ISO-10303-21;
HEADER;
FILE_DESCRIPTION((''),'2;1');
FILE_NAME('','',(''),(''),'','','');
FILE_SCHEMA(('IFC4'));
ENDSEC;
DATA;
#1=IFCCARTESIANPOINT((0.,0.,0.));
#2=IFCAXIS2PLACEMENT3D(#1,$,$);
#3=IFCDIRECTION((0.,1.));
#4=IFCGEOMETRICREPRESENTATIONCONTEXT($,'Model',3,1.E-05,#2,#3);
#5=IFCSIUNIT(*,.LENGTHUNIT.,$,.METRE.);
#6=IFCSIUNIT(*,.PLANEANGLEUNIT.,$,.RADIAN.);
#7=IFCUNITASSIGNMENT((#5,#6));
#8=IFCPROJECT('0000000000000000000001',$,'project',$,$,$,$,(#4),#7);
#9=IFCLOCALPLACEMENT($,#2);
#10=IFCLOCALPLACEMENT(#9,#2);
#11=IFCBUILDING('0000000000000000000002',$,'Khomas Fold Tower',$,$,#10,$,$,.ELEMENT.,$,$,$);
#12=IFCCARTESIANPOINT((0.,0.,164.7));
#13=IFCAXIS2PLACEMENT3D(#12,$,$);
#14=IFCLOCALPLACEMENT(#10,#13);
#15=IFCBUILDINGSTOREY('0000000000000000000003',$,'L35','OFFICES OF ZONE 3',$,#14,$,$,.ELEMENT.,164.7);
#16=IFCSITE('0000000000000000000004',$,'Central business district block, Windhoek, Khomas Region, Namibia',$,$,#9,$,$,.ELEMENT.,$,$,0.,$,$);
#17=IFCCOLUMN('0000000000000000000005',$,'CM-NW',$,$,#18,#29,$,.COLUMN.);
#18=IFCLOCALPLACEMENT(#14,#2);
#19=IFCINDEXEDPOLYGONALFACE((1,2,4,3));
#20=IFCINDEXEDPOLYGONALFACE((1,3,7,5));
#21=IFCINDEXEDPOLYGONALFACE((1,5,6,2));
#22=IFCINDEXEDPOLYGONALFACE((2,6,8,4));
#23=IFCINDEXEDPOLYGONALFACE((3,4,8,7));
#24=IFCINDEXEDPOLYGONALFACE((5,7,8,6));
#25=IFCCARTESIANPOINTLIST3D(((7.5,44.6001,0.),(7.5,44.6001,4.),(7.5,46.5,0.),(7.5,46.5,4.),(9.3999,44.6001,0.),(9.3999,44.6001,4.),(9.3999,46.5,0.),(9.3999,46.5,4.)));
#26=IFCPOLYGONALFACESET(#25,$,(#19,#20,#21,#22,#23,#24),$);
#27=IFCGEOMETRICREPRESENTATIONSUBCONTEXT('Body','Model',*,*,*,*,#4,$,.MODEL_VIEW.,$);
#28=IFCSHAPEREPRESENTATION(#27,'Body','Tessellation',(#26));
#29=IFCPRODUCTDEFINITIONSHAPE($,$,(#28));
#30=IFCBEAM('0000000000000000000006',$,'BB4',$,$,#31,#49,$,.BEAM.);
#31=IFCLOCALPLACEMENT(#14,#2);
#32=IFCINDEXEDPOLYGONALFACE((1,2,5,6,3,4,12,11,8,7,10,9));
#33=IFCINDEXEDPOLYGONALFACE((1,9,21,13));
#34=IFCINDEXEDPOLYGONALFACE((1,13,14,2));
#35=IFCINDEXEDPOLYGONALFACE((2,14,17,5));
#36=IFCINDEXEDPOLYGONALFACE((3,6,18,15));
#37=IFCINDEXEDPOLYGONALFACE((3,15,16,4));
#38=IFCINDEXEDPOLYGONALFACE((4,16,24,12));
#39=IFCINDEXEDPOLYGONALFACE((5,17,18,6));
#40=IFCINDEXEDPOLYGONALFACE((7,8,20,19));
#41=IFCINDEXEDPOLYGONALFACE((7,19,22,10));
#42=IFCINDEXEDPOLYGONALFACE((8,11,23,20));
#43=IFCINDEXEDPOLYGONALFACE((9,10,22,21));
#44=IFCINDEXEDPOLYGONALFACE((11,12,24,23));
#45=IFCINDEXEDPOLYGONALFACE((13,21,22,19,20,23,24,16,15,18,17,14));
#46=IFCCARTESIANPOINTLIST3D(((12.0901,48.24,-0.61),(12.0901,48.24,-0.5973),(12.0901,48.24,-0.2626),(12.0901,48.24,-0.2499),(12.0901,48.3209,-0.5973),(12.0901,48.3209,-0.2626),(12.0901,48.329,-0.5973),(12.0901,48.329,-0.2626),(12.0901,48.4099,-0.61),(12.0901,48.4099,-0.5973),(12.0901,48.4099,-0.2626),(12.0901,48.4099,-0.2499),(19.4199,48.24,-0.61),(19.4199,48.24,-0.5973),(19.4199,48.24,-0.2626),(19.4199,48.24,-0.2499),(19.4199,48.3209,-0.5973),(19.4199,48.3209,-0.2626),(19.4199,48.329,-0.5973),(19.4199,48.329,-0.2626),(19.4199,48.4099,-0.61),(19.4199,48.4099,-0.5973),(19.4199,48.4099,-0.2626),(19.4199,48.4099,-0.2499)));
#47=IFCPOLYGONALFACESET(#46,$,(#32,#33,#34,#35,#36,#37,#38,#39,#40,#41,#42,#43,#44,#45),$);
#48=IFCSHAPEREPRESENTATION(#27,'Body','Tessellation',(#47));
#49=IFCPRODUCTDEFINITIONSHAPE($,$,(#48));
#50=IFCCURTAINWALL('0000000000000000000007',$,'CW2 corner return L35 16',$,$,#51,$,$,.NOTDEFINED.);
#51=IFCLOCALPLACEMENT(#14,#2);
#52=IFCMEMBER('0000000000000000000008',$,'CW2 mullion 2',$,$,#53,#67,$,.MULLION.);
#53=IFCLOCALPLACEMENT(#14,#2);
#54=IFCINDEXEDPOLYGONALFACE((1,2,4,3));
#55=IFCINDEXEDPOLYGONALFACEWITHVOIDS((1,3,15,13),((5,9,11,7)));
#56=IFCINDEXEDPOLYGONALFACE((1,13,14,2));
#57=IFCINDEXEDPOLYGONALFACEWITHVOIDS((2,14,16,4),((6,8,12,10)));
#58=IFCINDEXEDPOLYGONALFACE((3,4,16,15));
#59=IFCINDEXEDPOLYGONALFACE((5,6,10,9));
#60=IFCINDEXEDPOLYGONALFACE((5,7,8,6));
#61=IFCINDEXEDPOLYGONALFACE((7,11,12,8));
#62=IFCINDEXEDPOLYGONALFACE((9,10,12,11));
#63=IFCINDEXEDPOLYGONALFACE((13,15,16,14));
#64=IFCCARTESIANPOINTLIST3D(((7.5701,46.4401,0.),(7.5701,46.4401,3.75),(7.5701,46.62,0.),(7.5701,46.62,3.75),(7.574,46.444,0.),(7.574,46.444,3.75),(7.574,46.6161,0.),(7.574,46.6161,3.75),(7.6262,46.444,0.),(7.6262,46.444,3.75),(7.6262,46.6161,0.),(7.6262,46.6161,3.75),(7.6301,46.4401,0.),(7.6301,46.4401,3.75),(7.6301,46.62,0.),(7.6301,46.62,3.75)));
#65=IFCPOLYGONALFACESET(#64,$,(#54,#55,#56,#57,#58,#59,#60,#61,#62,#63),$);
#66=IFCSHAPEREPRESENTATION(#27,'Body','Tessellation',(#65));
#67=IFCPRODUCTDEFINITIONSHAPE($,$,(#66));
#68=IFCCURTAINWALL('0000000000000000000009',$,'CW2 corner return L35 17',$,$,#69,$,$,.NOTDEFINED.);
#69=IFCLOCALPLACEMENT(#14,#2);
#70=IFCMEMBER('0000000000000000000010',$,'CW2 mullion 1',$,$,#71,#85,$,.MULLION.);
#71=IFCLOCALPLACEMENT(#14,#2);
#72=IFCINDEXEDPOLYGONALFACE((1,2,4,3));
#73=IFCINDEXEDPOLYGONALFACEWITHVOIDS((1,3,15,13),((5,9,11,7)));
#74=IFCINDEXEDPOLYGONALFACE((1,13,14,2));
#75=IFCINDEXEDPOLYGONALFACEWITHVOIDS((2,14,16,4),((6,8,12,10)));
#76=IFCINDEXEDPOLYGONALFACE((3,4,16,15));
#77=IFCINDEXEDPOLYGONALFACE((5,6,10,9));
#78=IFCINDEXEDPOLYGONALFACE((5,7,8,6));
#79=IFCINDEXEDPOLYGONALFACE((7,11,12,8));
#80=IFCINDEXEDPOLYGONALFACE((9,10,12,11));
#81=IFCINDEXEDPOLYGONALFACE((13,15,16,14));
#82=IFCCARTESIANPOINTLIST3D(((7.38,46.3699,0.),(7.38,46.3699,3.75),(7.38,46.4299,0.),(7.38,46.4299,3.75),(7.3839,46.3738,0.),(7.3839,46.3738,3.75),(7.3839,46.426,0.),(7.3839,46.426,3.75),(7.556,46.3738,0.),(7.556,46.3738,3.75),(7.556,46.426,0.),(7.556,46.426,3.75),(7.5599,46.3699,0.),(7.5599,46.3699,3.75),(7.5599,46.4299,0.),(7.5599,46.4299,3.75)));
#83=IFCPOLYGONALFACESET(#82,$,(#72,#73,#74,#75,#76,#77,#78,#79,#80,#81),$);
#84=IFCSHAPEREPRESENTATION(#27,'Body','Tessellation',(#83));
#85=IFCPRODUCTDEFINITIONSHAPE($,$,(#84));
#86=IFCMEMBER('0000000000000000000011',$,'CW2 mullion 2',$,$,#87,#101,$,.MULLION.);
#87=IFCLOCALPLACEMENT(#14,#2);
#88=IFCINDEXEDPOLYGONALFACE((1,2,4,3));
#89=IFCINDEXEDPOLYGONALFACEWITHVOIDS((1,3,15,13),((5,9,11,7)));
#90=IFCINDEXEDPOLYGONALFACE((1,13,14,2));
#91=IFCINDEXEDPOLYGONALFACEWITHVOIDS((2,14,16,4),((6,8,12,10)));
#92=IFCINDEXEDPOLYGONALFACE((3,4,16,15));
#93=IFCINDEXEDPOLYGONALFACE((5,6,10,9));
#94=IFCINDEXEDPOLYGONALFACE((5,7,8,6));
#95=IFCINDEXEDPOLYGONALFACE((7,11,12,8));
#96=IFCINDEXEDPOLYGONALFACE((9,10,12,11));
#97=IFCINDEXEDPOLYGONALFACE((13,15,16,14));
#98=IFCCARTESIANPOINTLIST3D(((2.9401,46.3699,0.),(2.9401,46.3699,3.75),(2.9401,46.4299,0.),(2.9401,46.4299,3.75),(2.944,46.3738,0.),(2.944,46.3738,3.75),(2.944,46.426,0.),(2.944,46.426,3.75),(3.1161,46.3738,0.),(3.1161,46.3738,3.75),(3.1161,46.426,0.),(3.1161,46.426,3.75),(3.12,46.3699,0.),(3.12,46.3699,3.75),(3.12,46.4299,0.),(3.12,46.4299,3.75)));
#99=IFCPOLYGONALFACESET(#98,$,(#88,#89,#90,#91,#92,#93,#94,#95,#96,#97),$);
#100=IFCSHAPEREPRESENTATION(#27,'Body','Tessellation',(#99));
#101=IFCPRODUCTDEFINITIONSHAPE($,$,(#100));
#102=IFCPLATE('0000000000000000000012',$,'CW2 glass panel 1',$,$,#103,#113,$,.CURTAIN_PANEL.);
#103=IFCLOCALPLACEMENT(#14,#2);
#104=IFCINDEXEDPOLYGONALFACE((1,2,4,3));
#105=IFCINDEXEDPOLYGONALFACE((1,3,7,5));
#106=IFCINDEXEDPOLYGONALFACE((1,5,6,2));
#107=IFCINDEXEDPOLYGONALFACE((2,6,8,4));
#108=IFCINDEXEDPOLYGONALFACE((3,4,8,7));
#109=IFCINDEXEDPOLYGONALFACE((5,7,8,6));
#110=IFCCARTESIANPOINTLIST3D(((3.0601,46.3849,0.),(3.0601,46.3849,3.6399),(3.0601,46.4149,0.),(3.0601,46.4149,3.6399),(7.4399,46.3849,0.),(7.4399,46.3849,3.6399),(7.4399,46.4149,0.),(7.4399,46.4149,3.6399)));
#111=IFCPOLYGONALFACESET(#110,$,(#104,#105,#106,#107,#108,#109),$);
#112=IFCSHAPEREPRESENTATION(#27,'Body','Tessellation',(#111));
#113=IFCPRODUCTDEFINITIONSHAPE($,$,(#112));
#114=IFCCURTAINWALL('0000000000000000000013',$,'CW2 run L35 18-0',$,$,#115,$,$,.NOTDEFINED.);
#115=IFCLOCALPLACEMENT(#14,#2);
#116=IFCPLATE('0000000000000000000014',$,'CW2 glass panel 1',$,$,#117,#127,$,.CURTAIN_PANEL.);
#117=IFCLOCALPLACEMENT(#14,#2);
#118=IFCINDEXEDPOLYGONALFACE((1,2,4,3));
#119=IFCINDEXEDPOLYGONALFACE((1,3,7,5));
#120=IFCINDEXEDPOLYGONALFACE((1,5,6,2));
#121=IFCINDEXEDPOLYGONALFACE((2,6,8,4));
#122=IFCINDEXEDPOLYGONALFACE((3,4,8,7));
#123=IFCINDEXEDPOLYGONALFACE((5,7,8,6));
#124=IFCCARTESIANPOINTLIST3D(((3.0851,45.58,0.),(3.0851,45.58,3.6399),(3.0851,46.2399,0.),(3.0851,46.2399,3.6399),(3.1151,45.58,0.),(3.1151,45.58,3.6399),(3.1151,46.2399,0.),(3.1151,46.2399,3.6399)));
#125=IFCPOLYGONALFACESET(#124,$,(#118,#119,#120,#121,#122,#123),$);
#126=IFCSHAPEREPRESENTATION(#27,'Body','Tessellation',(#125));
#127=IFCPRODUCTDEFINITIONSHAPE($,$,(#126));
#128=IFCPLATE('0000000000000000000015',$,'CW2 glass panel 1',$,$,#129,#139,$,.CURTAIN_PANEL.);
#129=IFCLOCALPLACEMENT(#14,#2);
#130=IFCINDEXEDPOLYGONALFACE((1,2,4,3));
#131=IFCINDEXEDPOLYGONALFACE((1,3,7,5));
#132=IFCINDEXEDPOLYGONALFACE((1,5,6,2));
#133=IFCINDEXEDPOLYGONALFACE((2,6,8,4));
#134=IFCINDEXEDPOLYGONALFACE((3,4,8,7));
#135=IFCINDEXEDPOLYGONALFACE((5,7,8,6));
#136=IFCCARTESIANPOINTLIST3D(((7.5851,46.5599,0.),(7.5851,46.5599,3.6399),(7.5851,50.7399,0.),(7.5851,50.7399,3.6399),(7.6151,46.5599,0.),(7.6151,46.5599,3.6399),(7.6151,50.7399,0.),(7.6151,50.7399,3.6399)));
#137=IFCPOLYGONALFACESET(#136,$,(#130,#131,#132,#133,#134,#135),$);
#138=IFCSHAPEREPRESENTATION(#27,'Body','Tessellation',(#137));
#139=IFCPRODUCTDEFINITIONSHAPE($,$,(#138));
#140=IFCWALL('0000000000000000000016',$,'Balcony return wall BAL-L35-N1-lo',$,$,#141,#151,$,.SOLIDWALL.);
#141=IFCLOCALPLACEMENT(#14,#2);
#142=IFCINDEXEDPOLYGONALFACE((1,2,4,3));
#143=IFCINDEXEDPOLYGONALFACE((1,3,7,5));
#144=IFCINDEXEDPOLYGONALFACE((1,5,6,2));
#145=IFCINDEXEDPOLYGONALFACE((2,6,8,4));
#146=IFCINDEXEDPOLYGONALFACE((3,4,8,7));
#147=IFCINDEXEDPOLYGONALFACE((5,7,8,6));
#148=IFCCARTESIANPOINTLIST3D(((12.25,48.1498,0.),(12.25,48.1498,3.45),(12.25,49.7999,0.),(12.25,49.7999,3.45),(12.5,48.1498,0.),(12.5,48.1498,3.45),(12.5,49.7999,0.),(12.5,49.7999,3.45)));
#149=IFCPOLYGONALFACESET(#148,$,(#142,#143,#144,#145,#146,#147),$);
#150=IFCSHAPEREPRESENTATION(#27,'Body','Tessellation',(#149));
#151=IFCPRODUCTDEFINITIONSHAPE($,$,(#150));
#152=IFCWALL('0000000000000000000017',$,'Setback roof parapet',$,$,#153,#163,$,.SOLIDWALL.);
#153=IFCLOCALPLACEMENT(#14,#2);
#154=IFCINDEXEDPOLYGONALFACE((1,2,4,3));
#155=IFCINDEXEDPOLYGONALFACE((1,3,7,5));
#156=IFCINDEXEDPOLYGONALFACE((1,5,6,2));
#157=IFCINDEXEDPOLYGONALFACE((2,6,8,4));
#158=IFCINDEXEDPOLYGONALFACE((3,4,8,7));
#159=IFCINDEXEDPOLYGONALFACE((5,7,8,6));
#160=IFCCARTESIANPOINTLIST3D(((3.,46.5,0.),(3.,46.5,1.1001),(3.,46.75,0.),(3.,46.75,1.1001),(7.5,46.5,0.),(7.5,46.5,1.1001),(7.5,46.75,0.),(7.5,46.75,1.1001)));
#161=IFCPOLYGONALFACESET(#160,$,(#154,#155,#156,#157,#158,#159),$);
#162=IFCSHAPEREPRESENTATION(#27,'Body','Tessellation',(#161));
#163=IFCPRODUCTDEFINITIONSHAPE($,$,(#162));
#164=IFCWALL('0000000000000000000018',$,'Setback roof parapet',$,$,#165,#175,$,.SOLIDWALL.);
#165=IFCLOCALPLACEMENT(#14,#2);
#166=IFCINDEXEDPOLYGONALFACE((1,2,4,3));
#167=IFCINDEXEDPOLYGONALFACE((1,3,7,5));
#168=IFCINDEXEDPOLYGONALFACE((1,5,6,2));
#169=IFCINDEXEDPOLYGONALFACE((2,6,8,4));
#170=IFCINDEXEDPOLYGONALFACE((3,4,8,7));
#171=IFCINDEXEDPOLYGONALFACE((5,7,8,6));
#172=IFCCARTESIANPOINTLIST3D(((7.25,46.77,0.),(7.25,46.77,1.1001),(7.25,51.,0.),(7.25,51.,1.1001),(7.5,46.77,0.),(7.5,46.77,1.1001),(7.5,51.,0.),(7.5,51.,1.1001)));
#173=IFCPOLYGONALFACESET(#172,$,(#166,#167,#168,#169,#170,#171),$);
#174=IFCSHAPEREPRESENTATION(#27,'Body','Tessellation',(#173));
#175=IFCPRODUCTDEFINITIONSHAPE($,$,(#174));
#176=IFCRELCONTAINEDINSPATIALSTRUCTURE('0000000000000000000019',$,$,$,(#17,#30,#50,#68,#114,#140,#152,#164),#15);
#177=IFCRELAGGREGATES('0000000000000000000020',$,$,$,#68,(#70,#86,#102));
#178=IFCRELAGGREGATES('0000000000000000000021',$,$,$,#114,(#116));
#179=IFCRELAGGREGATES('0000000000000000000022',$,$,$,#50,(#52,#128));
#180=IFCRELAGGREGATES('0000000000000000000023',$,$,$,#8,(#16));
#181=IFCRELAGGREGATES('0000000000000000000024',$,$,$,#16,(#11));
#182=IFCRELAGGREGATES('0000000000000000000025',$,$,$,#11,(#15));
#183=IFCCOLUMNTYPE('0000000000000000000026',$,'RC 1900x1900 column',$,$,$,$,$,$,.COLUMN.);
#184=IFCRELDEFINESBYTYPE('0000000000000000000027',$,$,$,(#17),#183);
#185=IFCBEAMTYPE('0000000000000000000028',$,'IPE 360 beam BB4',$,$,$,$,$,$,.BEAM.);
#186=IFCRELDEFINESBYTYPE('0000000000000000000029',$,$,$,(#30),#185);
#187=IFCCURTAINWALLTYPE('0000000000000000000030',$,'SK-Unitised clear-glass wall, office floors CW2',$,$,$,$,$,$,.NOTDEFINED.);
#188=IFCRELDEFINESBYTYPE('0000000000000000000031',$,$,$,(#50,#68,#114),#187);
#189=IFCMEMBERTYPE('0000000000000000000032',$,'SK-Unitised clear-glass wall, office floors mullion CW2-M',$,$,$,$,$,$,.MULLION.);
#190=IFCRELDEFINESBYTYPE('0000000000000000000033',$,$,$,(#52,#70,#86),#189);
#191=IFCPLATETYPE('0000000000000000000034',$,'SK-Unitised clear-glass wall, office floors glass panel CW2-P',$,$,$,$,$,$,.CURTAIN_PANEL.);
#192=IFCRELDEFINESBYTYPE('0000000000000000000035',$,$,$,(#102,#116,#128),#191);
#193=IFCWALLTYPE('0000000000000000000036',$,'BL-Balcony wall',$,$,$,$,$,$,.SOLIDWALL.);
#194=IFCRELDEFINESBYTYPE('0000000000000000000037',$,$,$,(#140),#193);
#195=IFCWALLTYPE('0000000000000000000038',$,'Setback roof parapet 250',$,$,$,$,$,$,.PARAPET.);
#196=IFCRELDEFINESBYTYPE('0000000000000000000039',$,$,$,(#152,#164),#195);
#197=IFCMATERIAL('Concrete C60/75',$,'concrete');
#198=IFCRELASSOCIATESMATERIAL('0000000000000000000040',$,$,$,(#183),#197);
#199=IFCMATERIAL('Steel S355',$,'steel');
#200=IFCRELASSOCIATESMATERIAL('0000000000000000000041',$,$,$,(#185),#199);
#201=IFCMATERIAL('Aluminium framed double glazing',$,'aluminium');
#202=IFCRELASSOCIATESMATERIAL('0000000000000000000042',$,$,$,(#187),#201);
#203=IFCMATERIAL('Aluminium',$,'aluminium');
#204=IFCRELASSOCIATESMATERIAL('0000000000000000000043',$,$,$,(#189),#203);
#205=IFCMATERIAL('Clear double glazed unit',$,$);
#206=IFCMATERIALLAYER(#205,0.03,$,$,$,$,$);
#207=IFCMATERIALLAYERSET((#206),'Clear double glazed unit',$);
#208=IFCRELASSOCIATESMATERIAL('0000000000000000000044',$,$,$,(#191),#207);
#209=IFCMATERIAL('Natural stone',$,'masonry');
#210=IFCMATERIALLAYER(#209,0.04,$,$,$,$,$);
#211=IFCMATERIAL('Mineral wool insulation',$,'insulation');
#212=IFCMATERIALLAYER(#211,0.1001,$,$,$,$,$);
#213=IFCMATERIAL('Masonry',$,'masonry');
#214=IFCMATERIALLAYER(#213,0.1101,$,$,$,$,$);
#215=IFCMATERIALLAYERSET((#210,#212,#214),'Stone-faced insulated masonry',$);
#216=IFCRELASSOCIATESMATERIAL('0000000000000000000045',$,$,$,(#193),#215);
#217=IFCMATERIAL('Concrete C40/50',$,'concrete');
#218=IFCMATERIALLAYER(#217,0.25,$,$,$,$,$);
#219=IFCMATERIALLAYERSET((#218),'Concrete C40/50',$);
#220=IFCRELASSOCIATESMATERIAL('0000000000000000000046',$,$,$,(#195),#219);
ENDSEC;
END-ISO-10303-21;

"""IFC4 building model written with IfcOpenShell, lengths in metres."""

from ifc_helpers import new_model, si_unit, direction, frame, frame_2d, origin, origin_2d, place, context, subcontext, project, spatial, rectangle, hollow_rectangle, i_section, extrude, source, transform, mapped, material, layer, layer_set, material_profile, profile_set, type_object, element, aggregate, save


model = new_model("IFC4")

# Units and contexts
model_context = context("Model", 3, precision=1e-05, world=origin(), true_north=direction((0.0, 1.0)))
body_context = subcontext(model_context, "Body", "Model", "MODEL_VIEW")
ifc_project = project(units=[si_unit("LENGTHUNIT", "METRE"), si_unit("PLANEANGLEUNIT", "RADIAN")], contexts=[model_context])

# Site, building, storey
site_placement = place(None, origin())
site = spatial("IfcSite", under=ifc_project, at=site_placement, Name="Central business district block, Windhoek, Khomas Region, Namibia", CompositionType="ELEMENT", RefElevation=0.0)
building_placement = place(site_placement, origin())
building = spatial("IfcBuilding", under=site, at=building_placement, Name="Khomas Fold Tower", CompositionType="ELEMENT")
storey_placement = place(building_placement, frame((0.0, 0.0, 164.7)))
storey = spatial("IfcBuildingStorey", under=building, at=storey_placement, Name="L35", Description="OFFICES OF ZONE 3", CompositionType="ELEMENT", Elevation=164.7)

# Column
ifc_material_1 = material(Name="Concrete C60/75", Category="concrete")
ifc_material_profile_1 = material_profile(ifc_material_1, rectangle(XDim=1.8999, YDim=1.8999, at=origin_2d()), Name="RC 1900x1900")
ifc_profile_set_1 = profile_set([ifc_material_profile_1], Name="Concrete C60/75")
column_type = type_object("IfcColumnType", Name="RC 1900x1900 column", PredefinedType="COLUMN", material=ifc_profile_set_1)
shared_shape_1 = source(origin(), body_context, "Body", "SweptSolid", [
    extrude(rectangle(XDim=1.8999, YDim=1.8999, at=origin_2d()), origin(), (0.0, 0.0, 1.0), 4.0),
])
column_placement = place(storey_placement, frame((8.45, 45.55, 0.0), z_axis=(0.0, 0.0, 1.0), x_axis=(1.0, 0.0, 0.0)))
element("IfcColumn", 1, at=column_placement, inside=storey, type_object=column_type, Name="CM-NW", PredefinedType="COLUMN", context=body_context, shape_type="MappedRepresentation", body=[
    mapped(shared_shape_1, transform((0.0, 0.0, 0.0))),
])

# Beam
ifc_material_2 = material(Name="Steel S355", Category="steel")
ifc_material_profile_2 = material_profile(ifc_material_2, i_section(OverallWidth=0.1699, OverallDepth=0.3601, WebThickness=0.0081, FlangeThickness=0.0127, at=origin_2d()), Name="IPE 360")
ifc_profile_set_2 = profile_set([ifc_material_profile_2], Name="Steel S355")
beam_type = type_object("IfcBeamType", Name="IPE 360 beam BB4", PredefinedType="BEAM", material=ifc_profile_set_2)
shared_shape_2 = source(origin(), body_context, "Body", "SweptSolid", [
    extrude(i_section(OverallWidth=0.1699, OverallDepth=0.3601, WebThickness=0.0081, FlangeThickness=0.0127, at=origin_2d()), origin(), (0.0, 0.0, 1.0), 7.3298),
])
beam_placement = place(storey_placement, frame((12.0901, 48.325, -0.4299), z_axis=(1.0, 0.0, 0.0), x_axis=(0.0, 1.0, 0.0)))
element("IfcBeam", 2, at=beam_placement, inside=storey, type_object=beam_type, Name="BB4", PredefinedType="BEAM", context=body_context, shape_type="MappedRepresentation", body=[
    mapped(shared_shape_2, transform((0.0, 0.0, 0.0))),
])

# Curtain wall, member
ifc_material_3 = material(Name="Aluminium framed double glazing", Category="aluminium")
curtain_wall_type = type_object("IfcCurtainWallType", Name="SK-Unitised clear-glass wall, office floors CW2", PredefinedType="NOTDEFINED", material=ifc_material_3)
curtain_wall_1_placement = place(storey_placement, origin())
curtain_wall_1 = element("IfcCurtainWall", 3, at=curtain_wall_1_placement, inside=storey, type_object=curtain_wall_type, Name="CW2 corner return L35 16", PredefinedType="NOTDEFINED")
ifc_material_4 = material(Name="Aluminium", Category="aluminium")
ifc_material_profile_3 = material_profile(ifc_material_4, hollow_rectangle(XDim=0.0601, YDim=0.1799, WallThickness=0.0039, at=origin_2d()), Name="SK-Unitised clear-glass wall, office floors mullion CW2-M")
ifc_profile_set_3 = profile_set([ifc_material_profile_3], Name="Aluminium")
member_type = type_object("IfcMemberType", Name="SK-Unitised clear-glass wall, office floors mullion CW2-M", PredefinedType="MULLION", material=ifc_profile_set_3)
shared_shape_3 = source(origin(), body_context, "Body", "SweptSolid", [
    extrude(hollow_rectangle(XDim=0.0601, YDim=0.1799, WallThickness=0.0039, at=origin_2d()), origin(), (0.0, 0.0, 1.0), 3.75),
])
member_1_placement = place(storey_placement, frame((7.6001, 46.53, 0.0), z_axis=(0.0, 0.0, 1.0), x_axis=(1.0, 0.0, 0.0)))
member_1 = element("IfcMember", 4, at=member_1_placement, type_object=member_type, Name="CW2 mullion 2", PredefinedType="MULLION", context=body_context, shape_type="MappedRepresentation", body=[
    mapped(shared_shape_3, transform((0.0, 0.0, 0.0))),
])

# Curtain wall, members, plate
curtain_wall_2_placement = place(storey_placement, origin())
curtain_wall_2 = element("IfcCurtainWall", 5, at=curtain_wall_2_placement, inside=storey, type_object=curtain_wall_type, Name="CW2 corner return L35 17", PredefinedType="NOTDEFINED")
member_2_placement = place(storey_placement, frame((7.47, 46.3999, 0.0), z_axis=(0.0, 0.0, 1.0), x_axis=(0.0, -1.0, 0.0)))
member_2 = element("IfcMember", 6, at=member_2_placement, type_object=member_type, Name="CW2 mullion 1", PredefinedType="MULLION", context=body_context, shape_type="MappedRepresentation", body=[
    mapped(shared_shape_3, transform((0.0, 0.0, 0.0))),
])
member_3_placement = place(storey_placement, frame((3.03, 46.3999, 0.0), z_axis=(0.0, 0.0, 1.0), x_axis=(0.0, -1.0, 0.0)))
member_3 = element("IfcMember", 7, at=member_3_placement, type_object=member_type, Name="CW2 mullion 2", PredefinedType="MULLION", context=body_context, shape_type="MappedRepresentation", body=[
    mapped(shared_shape_3, transform((0.0, 0.0, 0.0))),
])
ifc_material_5 = material(Name="Clear double glazed unit")
ifc_layer_1 = layer(ifc_material_5, 0.03)
ifc_layer_set_1 = layer_set([ifc_layer_1], Name="Clear double glazed unit")
plate_type = type_object("IfcPlateType", Name="SK-Unitised clear-glass wall, office floors glass panel CW2-P", PredefinedType="CURTAIN_PANEL", material=ifc_layer_set_1)
shared_shape_4 = source(origin(), body_context, "Body", "SweptSolid", [
    extrude(rectangle(XDim=4.3799, YDim=0.03, at=origin_2d()), origin(), (0.0, 0.0, 1.0), 3.6399),
])
plate_1_placement = place(storey_placement, frame((5.25, 46.3999, 0.0), z_axis=(0.0, 0.0, 1.0), x_axis=(-1.0, 0.0, 0.0)))
plate_1 = element("IfcPlate", 8, at=plate_1_placement, type_object=plate_type, Name="CW2 glass panel 1", PredefinedType="CURTAIN_PANEL", context=body_context, shape_type="MappedRepresentation", body=[
    mapped(shared_shape_4, transform((0.0, 0.0, 0.0))),
])
aggregate(curtain_wall_2, [member_2, member_3, plate_1])

# Curtain wall, plate
curtain_wall_3_placement = place(storey_placement, origin())
curtain_wall_3 = element("IfcCurtainWall", 9, at=curtain_wall_3_placement, inside=storey, type_object=curtain_wall_type, Name="CW2 run L35 18-0", PredefinedType="NOTDEFINED")
shared_shape_5 = source(origin(), body_context, "Body", "SweptSolid", [
    extrude(rectangle(XDim=0.6599, YDim=0.03, at=origin_2d()), origin(), (0.0, 0.0, 1.0), 3.6399),
])
plate_2_placement = place(storey_placement, frame((3.1001, 45.9099, 0.0), z_axis=(0.0, 0.0, 1.0), x_axis=(0.0, -1.0, 0.0)))
plate_2 = element("IfcPlate", 10, at=plate_2_placement, type_object=plate_type, Name="CW2 glass panel 1", PredefinedType="CURTAIN_PANEL", context=body_context, shape_type="MappedRepresentation", body=[
    mapped(shared_shape_5, transform((0.0, 0.0, 0.0))),
])
aggregate(curtain_wall_3, [plate_2])

# Plate
shared_shape_6 = source(origin(), body_context, "Body", "SweptSolid", [
    extrude(rectangle(XDim=4.1799, YDim=0.03, at=origin_2d()), origin(), (0.0, 0.0, 1.0), 3.6399),
])
plate_3_placement = place(storey_placement, frame((7.6001, 48.6499, 0.0), z_axis=(0.0, 0.0, 1.0), x_axis=(0.0, -1.0, 0.0)))
plate_3 = element("IfcPlate", 11, at=plate_3_placement, type_object=plate_type, Name="CW2 glass panel 1", PredefinedType="CURTAIN_PANEL", context=body_context, shape_type="MappedRepresentation", body=[
    mapped(shared_shape_6, transform((0.0, 0.0, 0.0))),
])
aggregate(curtain_wall_1, [member_1, plate_3])

# Walls
ifc_material_6 = material(Name="Natural stone", Category="masonry")
ifc_layer_2 = layer(ifc_material_6, 0.04)
ifc_material_7 = material(Name="Mineral wool insulation", Category="insulation")
ifc_layer_3 = layer(ifc_material_7, 0.1001)
ifc_material_8 = material(Name="Masonry", Category="masonry")
ifc_layer_4 = layer(ifc_material_8, 0.1101)
ifc_layer_set_2 = layer_set([ifc_layer_2, ifc_layer_3, ifc_layer_4], Name="Stone-faced insulated masonry")
wall_type_1 = type_object("IfcWallType", Name="BL-Balcony wall", PredefinedType="SOLIDWALL", material=ifc_layer_set_2)
shared_shape_7 = source(origin(), body_context, "Body", "SweptSolid", [
    extrude(rectangle(XDim=1.6501, YDim=0.25, at=frame_2d((0.8252, 0.0))), origin(), (0.0, 0.0, 1.0), 3.45),
])
wall_1_placement = place(storey_placement, frame((12.375, 49.8, 0.0), z_axis=(0.0, 0.0, 1.0), x_axis=(0.0, -1.0, 0.0)))
element("IfcWall", 12, at=wall_1_placement, inside=storey, type_object=wall_type_1, Name="Balcony return wall BAL-L35-N1-lo", PredefinedType="SOLIDWALL", context=body_context, shape_type="MappedRepresentation", body=[
    mapped(shared_shape_7, transform((0.0, 0.0, 0.0))),
])
ifc_material_9 = material(Name="Concrete C40/50", Category="concrete")
ifc_layer_5 = layer(ifc_material_9, 0.25)
ifc_layer_set_3 = layer_set([ifc_layer_5], Name="Concrete C40/50")
wall_type_2 = type_object("IfcWallType", Name="Setback roof parapet 250", PredefinedType="PARAPET", material=ifc_layer_set_3)
shared_shape_8 = source(origin(), body_context, "Body", "SweptSolid", [
    extrude(rectangle(XDim=4.5, YDim=0.25, at=frame_2d((2.25, 0.0))), origin(), (0.0, 0.0, 1.0), 1.1001),
])
wall_2_placement = place(storey_placement, frame((3.0, 46.625, 0.0), z_axis=(0.0, 0.0, 1.0), x_axis=(1.0, 0.0, 0.0)))
element("IfcWall", 13, at=wall_2_placement, inside=storey, type_object=wall_type_2, Name="Setback roof parapet", PredefinedType="SOLIDWALL", context=body_context, shape_type="MappedRepresentation", body=[
    mapped(shared_shape_8, transform((0.0, 0.0, 0.0))),
])
shared_shape_9 = source(origin(), body_context, "Body", "SweptSolid", [
    extrude(rectangle(XDim=4.23, YDim=0.25, at=frame_2d((2.115, 0.0))), origin(), (0.0, 0.0, 1.0), 1.1001),
])
wall_3_placement = place(storey_placement, frame((7.375, 46.77, 0.0), z_axis=(0.0, 0.0, 1.0), x_axis=(0.0, 1.0, 0.0)))
element("IfcWall", 14, at=wall_3_placement, inside=storey, type_object=wall_type_2, Name="Setback roof parapet", PredefinedType="SOLIDWALL", context=body_context, shape_type="MappedRepresentation", body=[
    mapped(shared_shape_9, transform((0.0, 0.0, 0.0))),
])

save(model, "model.ifc")
